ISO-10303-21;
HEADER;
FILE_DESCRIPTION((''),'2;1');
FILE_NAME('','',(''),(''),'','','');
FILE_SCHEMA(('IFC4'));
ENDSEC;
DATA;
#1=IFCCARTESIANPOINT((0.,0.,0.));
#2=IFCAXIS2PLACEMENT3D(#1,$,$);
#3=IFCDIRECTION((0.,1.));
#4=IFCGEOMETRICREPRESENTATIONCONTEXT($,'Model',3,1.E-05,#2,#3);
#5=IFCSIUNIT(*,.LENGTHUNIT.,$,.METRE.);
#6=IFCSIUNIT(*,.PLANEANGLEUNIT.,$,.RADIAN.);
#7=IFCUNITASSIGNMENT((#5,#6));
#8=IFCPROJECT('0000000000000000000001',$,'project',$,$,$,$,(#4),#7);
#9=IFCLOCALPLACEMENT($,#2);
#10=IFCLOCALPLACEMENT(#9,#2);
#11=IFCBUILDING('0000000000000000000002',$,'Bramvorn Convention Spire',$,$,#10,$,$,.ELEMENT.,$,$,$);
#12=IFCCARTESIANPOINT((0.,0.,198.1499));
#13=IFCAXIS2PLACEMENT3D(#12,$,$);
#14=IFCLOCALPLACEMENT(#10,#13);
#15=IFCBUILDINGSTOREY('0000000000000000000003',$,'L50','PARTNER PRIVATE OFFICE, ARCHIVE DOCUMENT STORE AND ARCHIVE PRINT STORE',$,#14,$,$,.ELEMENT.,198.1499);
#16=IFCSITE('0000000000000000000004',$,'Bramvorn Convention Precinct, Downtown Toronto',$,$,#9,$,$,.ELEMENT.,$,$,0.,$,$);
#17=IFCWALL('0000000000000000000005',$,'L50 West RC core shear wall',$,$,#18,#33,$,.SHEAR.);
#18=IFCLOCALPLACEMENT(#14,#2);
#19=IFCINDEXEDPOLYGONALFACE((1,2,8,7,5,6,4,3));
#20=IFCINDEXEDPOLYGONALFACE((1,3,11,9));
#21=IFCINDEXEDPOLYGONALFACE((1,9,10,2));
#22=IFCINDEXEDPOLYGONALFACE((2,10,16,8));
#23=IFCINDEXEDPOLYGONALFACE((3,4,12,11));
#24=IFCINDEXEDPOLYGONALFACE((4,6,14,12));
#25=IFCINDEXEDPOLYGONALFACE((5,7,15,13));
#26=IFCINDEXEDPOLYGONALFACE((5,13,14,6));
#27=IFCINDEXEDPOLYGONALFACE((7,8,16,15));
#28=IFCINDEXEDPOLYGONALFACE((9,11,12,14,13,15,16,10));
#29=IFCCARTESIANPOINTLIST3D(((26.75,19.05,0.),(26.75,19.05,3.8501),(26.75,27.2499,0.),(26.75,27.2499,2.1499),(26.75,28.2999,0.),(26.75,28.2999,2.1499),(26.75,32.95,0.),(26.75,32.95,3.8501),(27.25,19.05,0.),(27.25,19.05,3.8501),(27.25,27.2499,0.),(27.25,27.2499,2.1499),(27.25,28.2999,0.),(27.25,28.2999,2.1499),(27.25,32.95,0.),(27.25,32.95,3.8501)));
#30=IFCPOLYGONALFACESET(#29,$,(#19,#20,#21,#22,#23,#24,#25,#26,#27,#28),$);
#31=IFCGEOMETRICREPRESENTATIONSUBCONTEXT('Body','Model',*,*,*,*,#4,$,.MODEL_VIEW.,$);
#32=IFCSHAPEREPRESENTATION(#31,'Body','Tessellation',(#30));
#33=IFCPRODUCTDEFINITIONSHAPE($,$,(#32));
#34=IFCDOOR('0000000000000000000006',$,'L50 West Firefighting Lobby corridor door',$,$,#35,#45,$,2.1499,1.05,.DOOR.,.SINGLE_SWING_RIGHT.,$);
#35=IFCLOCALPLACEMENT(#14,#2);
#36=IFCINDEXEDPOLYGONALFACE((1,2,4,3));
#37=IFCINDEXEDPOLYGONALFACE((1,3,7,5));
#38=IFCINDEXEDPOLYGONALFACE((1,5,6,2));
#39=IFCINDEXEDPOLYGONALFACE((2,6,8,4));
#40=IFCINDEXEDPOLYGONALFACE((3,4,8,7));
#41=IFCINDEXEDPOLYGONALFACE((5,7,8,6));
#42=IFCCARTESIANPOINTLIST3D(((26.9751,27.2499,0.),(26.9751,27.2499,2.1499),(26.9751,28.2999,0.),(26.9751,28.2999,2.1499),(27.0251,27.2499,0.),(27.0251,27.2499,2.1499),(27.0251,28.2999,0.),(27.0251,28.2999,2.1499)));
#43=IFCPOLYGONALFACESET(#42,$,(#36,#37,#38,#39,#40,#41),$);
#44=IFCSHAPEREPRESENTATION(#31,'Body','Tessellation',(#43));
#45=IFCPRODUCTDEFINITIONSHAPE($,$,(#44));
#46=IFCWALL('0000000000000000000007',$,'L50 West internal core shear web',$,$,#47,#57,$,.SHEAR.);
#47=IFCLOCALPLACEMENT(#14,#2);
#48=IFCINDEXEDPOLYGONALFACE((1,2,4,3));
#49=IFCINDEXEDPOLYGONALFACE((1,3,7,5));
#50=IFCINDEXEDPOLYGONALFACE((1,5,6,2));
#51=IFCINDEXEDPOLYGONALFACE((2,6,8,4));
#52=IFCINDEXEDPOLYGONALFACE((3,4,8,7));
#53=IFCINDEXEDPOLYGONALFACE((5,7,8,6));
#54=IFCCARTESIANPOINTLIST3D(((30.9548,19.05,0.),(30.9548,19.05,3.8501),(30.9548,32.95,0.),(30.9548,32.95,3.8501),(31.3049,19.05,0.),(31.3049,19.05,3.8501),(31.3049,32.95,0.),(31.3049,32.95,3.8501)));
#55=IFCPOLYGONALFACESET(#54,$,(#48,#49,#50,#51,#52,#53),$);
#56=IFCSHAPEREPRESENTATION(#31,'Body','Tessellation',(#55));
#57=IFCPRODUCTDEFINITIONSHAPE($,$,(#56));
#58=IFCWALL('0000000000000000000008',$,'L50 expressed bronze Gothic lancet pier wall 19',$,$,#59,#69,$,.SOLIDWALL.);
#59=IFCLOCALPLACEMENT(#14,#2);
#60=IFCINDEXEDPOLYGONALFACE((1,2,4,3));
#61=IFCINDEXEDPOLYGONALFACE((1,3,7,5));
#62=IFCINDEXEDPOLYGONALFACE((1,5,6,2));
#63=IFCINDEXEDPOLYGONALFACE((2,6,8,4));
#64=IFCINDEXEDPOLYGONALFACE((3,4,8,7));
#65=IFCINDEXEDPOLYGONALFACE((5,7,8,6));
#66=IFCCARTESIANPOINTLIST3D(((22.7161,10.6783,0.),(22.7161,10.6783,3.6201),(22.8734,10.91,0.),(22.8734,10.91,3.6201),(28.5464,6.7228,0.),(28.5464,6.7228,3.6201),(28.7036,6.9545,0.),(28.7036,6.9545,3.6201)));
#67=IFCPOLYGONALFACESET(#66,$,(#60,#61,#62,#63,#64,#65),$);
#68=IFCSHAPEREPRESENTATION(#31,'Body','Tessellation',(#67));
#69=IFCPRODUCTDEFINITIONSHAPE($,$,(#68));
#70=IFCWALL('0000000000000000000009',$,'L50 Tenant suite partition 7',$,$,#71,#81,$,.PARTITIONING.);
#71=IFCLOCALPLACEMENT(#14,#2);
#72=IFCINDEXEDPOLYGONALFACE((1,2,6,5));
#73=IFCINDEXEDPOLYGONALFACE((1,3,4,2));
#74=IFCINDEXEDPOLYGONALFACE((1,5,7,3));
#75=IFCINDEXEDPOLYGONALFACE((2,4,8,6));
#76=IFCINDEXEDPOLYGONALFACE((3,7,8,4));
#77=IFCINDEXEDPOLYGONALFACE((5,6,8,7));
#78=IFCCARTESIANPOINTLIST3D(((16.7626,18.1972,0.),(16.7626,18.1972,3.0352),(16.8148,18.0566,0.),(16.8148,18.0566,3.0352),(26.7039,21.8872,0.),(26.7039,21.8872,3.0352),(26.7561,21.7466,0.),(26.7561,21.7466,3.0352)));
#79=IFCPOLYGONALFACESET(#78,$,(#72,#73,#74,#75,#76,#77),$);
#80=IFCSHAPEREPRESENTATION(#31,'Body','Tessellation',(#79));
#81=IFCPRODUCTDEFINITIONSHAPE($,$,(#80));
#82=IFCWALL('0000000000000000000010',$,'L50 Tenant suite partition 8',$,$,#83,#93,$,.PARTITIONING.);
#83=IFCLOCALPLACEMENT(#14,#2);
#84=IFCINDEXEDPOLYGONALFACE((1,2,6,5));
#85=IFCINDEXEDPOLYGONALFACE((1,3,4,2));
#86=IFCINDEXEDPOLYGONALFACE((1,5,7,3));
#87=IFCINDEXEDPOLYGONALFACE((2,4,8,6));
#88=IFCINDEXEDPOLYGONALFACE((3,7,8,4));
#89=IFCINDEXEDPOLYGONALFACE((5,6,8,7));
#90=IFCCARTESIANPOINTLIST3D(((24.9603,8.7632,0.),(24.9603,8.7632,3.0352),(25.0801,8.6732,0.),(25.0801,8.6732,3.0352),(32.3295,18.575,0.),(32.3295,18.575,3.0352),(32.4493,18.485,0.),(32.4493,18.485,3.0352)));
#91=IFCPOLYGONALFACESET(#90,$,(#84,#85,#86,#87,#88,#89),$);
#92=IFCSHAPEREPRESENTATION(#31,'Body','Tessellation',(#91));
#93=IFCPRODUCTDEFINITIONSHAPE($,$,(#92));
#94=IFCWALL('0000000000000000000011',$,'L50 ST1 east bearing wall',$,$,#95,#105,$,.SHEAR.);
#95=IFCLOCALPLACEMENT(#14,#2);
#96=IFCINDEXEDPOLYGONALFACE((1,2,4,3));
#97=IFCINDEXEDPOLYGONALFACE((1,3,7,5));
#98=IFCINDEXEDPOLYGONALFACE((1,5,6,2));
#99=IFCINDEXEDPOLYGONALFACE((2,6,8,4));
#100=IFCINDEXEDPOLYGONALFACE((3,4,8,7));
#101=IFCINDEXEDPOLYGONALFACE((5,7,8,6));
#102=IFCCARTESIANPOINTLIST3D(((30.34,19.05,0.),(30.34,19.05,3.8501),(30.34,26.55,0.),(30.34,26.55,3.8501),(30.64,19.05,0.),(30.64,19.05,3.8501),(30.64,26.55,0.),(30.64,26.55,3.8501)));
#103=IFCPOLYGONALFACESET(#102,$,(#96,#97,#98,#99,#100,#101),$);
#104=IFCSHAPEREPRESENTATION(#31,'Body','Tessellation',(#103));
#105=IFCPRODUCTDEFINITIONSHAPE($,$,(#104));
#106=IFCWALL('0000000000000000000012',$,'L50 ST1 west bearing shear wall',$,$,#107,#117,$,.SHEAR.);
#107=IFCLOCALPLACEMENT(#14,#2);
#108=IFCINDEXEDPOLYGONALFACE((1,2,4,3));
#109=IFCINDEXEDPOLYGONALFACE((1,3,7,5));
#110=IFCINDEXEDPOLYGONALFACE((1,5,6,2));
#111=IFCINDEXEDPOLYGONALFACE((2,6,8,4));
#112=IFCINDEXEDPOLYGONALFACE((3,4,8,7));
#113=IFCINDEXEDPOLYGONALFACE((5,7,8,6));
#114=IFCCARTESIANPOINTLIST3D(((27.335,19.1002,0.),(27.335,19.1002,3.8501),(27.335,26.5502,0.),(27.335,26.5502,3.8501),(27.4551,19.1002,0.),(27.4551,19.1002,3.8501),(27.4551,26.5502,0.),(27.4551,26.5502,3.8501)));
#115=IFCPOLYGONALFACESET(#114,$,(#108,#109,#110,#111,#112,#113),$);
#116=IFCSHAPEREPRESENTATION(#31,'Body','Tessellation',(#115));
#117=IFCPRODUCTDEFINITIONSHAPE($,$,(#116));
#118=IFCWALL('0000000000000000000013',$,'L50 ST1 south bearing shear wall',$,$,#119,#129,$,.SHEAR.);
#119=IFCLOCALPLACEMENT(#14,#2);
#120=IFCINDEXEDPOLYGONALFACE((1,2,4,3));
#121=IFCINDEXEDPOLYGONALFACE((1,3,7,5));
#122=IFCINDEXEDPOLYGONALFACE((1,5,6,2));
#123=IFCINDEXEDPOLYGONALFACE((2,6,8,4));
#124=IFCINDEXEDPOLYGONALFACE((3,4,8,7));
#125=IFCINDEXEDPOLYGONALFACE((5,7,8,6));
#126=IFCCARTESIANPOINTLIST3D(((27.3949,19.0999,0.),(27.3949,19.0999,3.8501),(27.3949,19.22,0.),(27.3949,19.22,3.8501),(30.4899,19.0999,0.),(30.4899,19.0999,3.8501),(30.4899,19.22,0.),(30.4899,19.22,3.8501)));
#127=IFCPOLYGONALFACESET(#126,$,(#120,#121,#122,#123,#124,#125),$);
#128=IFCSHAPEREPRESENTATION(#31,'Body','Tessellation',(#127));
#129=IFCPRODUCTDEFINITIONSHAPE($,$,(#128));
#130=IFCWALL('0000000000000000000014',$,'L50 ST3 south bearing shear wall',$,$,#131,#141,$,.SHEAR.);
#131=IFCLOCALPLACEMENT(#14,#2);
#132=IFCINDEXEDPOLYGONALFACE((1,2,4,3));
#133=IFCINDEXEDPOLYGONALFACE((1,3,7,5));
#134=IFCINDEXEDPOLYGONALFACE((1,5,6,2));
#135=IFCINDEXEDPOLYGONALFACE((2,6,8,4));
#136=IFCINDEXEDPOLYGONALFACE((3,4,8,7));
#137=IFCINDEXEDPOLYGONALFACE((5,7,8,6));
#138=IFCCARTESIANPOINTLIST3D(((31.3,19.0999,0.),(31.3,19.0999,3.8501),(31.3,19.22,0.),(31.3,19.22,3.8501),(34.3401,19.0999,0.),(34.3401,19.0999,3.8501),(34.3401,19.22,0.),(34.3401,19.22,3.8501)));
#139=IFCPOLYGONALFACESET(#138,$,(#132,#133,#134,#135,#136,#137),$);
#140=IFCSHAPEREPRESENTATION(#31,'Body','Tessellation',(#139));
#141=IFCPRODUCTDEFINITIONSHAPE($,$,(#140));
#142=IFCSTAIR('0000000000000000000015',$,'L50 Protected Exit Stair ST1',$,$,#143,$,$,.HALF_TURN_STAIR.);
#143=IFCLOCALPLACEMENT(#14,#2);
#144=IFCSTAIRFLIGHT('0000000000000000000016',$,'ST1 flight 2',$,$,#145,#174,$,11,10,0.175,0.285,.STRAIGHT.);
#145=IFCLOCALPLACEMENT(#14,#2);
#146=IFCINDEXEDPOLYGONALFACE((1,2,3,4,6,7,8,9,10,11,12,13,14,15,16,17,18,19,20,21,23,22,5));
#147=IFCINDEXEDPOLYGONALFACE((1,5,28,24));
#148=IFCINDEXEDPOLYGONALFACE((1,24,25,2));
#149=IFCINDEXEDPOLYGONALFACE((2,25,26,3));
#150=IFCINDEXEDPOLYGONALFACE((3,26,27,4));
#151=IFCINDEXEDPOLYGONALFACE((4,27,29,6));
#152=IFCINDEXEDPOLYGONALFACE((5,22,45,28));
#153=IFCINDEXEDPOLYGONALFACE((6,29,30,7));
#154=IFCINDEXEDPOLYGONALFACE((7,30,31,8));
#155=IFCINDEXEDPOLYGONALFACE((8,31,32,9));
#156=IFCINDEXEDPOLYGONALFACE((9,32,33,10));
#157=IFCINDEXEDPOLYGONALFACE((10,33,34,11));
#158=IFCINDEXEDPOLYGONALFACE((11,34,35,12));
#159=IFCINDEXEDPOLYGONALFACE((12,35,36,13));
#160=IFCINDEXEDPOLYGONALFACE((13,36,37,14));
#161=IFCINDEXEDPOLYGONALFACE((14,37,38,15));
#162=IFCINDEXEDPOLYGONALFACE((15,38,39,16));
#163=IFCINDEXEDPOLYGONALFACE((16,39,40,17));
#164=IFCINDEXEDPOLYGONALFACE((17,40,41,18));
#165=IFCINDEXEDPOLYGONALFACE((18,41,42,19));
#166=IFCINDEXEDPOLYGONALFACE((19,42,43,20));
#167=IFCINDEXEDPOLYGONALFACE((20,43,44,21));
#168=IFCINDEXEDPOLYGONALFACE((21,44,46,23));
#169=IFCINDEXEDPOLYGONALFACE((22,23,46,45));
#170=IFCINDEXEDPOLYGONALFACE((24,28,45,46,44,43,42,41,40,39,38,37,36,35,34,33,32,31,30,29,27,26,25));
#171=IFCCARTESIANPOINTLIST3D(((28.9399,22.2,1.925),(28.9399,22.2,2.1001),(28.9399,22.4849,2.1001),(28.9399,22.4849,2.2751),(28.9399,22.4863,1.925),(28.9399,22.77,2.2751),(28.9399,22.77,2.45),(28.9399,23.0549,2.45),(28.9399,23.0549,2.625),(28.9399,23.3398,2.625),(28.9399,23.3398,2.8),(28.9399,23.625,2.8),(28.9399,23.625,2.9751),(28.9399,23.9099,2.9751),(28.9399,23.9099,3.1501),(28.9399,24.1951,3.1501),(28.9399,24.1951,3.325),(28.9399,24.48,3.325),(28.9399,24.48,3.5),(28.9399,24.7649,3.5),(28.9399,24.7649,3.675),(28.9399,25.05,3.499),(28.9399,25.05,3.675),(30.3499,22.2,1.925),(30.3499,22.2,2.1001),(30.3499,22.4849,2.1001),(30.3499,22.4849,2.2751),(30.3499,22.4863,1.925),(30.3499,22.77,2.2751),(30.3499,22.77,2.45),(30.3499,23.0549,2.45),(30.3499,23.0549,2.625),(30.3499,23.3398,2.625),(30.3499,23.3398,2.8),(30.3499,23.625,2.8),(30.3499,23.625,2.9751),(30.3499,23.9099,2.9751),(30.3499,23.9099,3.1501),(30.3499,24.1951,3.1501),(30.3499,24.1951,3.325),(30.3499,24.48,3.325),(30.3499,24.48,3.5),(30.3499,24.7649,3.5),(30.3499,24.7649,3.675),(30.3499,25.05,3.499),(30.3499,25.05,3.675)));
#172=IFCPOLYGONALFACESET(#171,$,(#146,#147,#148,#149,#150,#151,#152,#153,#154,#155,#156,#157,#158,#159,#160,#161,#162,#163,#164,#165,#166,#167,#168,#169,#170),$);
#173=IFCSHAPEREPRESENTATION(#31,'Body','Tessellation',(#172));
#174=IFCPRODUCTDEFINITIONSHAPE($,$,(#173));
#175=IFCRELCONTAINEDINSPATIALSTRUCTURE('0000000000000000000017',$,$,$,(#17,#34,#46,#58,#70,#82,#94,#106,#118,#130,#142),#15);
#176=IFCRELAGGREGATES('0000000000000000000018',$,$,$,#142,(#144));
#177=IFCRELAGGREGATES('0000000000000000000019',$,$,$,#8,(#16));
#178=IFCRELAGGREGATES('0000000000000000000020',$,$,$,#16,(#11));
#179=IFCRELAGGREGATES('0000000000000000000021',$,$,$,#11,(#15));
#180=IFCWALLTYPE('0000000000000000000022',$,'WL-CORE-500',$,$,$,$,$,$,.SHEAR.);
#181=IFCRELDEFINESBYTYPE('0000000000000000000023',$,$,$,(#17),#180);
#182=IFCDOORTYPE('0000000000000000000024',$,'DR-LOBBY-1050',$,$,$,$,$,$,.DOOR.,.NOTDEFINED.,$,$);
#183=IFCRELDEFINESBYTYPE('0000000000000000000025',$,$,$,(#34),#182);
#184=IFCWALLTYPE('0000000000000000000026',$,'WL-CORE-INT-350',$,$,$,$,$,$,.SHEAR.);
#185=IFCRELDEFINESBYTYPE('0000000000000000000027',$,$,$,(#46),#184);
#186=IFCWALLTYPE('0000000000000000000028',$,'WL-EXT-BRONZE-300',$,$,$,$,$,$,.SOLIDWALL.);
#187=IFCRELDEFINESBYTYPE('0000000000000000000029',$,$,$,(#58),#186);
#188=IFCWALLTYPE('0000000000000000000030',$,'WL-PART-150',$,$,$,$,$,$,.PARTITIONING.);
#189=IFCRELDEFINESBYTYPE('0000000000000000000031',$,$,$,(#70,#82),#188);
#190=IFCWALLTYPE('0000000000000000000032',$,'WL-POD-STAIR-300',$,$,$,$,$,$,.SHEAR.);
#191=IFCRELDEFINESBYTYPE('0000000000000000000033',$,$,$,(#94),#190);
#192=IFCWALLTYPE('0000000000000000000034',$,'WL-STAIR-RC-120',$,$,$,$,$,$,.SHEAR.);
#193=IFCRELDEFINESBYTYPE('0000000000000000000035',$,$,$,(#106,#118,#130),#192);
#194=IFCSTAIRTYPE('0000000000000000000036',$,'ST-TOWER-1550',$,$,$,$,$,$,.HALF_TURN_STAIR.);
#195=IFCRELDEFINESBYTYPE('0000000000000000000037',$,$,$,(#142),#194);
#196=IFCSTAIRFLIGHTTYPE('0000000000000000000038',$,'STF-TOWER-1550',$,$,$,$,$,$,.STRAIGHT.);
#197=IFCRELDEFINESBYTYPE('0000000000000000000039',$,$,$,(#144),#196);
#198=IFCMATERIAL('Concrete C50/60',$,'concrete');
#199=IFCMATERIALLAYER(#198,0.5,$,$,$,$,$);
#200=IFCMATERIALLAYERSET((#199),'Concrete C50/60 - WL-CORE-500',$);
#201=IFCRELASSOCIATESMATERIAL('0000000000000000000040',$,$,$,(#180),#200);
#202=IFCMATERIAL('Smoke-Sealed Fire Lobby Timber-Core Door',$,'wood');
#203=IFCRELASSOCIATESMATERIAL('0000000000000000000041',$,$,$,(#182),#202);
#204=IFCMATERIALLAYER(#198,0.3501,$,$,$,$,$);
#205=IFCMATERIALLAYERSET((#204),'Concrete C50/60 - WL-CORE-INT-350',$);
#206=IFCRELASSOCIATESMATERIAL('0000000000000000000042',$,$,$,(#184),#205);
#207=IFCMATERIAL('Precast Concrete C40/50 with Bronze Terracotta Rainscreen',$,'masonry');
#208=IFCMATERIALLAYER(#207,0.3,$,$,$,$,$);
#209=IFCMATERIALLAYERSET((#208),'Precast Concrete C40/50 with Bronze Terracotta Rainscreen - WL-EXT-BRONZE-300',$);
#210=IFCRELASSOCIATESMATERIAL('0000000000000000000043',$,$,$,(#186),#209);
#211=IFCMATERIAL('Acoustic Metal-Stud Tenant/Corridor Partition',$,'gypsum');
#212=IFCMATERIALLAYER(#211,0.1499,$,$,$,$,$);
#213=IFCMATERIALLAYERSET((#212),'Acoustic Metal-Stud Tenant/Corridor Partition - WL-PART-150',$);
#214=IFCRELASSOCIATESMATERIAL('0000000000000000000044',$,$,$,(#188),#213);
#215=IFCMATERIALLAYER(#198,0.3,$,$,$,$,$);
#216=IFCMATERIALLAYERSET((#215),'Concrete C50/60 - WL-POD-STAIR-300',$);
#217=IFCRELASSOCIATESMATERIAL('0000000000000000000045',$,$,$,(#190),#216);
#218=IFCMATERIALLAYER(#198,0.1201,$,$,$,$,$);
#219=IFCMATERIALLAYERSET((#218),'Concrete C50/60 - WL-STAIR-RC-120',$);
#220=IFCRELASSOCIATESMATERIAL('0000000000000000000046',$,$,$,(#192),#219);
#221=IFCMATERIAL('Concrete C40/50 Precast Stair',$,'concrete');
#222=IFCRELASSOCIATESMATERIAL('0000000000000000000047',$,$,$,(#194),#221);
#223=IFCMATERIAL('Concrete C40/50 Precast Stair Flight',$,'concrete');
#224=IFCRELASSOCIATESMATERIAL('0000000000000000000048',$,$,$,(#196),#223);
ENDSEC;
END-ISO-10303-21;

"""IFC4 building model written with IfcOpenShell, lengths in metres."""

from ifc_helpers import new_model, si_unit, direction, frame, frame_2d, origin, place, context, subcontext, project, spatial, polyline, rectangle, outline, extrude, material, layer, layer_set, type_object, element, fill, aggregate, save


model = new_model("IFC4")

# Units and contexts
model_context = context("Model", 3, precision=1e-05, world=origin(), true_north=direction((0.0, 1.0)))
body_context = subcontext(model_context, "Body", "Model", "MODEL_VIEW")
ifc_project = project(units=[si_unit("LENGTHUNIT", "METRE"), si_unit("PLANEANGLEUNIT", "RADIAN")], contexts=[model_context])

# Site, building, storey
site_placement = place(None, origin())
site = spatial("IfcSite", under=ifc_project, at=site_placement, Name="Bramvorn Convention Precinct, Downtown Toronto", CompositionType="ELEMENT", RefElevation=0.0)
building_placement = place(site_placement, origin())
building = spatial("IfcBuilding", under=site, at=building_placement, Name="Bramvorn Convention Spire", CompositionType="ELEMENT")
storey_placement = place(building_placement, frame((0.0, 0.0, 198.1499)))
storey = spatial("IfcBuildingStorey", under=building, at=storey_placement, Name="L50", Description="PARTNER PRIVATE OFFICE, ARCHIVE DOCUMENT STORE AND ARCHIVE PRINT STORE", CompositionType="ELEMENT", Elevation=198.1499)

# Wall, opening, door
ifc_material_1 = material(Name="Concrete C50/60", Category="concrete")
ifc_layer_1 = layer(ifc_material_1, 0.5)
ifc_layer_set_1 = layer_set([ifc_layer_1], Name="Concrete C50/60 - WL-CORE-500")
wall_type_1 = type_object("IfcWallType", Name="WL-CORE-500", PredefinedType="SHEAR", material=ifc_layer_set_1)
ifc_material_2 = material(Name="Smoke-Sealed Fire Lobby Timber-Core Door", Category="wood")
door_type = type_object("IfcDoorType", Name="DR-LOBBY-1050", OperationType="NOTDEFINED", PredefinedType="DOOR", material=ifc_material_2)
wall_1_placement = place(storey_placement, frame((27.0, 19.05, 0.0), z_axis=(0.0, 0.0, 1.0), x_axis=(0.0, 1.0, 0.0)))
wall_1 = element("IfcWall", 1, at=wall_1_placement, inside=storey, type_object=wall_type_1, Name="L50 West RC core shear wall", PredefinedType="SHEAR", context=body_context, shape_type="SweptSolid", body=[
    extrude(rectangle(XDim=13.8999, YDim=0.5, at=frame_2d((6.95, 0.0))), origin(), (0.0, 0.0, 1.0), 3.8501),
])
opening_1_placement = place(wall_1_placement, frame((8.2, 0.0, 0.0)))
opening_1 = element("IfcOpeningElement", 2, at=opening_1_placement, cuts=wall_1, PredefinedType="OPENING", context=body_context, shape_type="SweptSolid", body=[
    extrude(rectangle(XDim=1.05, YDim=2.1499, at=frame_2d((0.5249, 1.075))), frame((0.0, 0.26, 0.0), z_axis=(0.0, -1.0, 0.0), x_axis=(1.0, 0.0, 0.0)), (0.0, 0.0, 1.0), 0.52),
])
door_1_placement = place(opening_1_placement, origin())
door_1 = element("IfcDoor", 3, at=door_1_placement, inside=storey, type_object=door_type, Name="L50 West Firefighting Lobby corridor door", OperationType="SINGLE_SWING_RIGHT", OverallHeight=2.1499, OverallWidth=1.05, PredefinedType="DOOR", context=body_context, shape_type="SweptSolid", body=[
    extrude(rectangle(XDim=1.05, YDim=2.1499, at=frame_2d((0.5249, 1.075))), frame((0.0, 0.0249, 0.0), z_axis=(0.0, -1.0, 0.0), x_axis=(1.0, 0.0, 0.0)), (0.0, 0.0, 1.0), 0.05),
])
fill(opening_1, door_1)

# Walls
ifc_layer_2 = layer(ifc_material_1, 0.3501)
ifc_layer_set_2 = layer_set([ifc_layer_2], Name="Concrete C50/60 - WL-CORE-INT-350")
wall_type_2 = type_object("IfcWallType", Name="WL-CORE-INT-350", PredefinedType="SHEAR", material=ifc_layer_set_2)
wall_2_placement = place(storey_placement, frame((31.1299, 19.05, 0.0), z_axis=(0.0, 0.0, 1.0), x_axis=(0.0, 1.0, 0.0)))
element("IfcWall", 4, at=wall_2_placement, inside=storey, type_object=wall_type_2, Name="L50 West internal core shear web", PredefinedType="SHEAR", context=body_context, shape_type="SweptSolid", body=[
    extrude(rectangle(XDim=13.8999, YDim=0.3501, at=frame_2d((6.95, 0.0))), origin(), (0.0, 0.0, 1.0), 3.8501),
])
ifc_material_3 = material(Name="Precast Concrete C40/50 with Bronze Terracotta Rainscreen", Category="masonry")
ifc_layer_3 = layer(ifc_material_3, 0.3)
ifc_layer_set_3 = layer_set([ifc_layer_3], Name="Precast Concrete C40/50 with Bronze Terracotta Rainscreen - WL-EXT-BRONZE-300")
wall_type_3 = type_object("IfcWallType", Name="WL-EXT-BRONZE-300", PredefinedType="SOLIDWALL", material=ifc_layer_set_3)
wall_3_placement = place(storey_placement, frame((28.625, 6.8386, 0.0), z_axis=(0.0, 0.0, 1.0), x_axis=(-0.827523, 0.561431, 0.0)))
element("IfcWall", 5, at=wall_3_placement, inside=storey, type_object=wall_type_3, Name="L50 expressed bronze Gothic lancet pier wall 19", PredefinedType="SOLIDWALL", context=body_context, shape_type="SweptSolid", body=[
    extrude(rectangle(XDim=7.0454, YDim=0.28, at=frame_2d((3.5227, 0.0))), origin(), (0.0, 0.0, 1.0), 3.6201),
])
ifc_material_4 = material(Name="Acoustic Metal-Stud Tenant/Corridor Partition", Category="gypsum")
ifc_layer_4 = layer(ifc_material_4, 0.1499)
ifc_layer_set_4 = layer_set([ifc_layer_4], Name="Acoustic Metal-Stud Tenant/Corridor Partition - WL-PART-150")
wall_type_4 = type_object("IfcWallType", Name="WL-PART-150", PredefinedType="PARTITIONING", material=ifc_layer_set_4)
wall_4_placement = place(storey_placement, frame((26.73, 21.8169, 0.0), z_axis=(0.0, 0.0, 1.0), x_axis=(-0.937502, -0.34798, 0.0)))
element("IfcWall", 6, at=wall_4_placement, inside=storey, type_object=wall_type_4, Name="L50 Tenant suite partition 7", PredefinedType="PARTITIONING", context=body_context, shape_type="SweptSolid", body=[
    extrude(rectangle(XDim=10.604, YDim=0.1499, at=frame_2d((5.302, 0.0))), origin(), (0.0, 0.0, 1.0), 3.0352),
])
wall_5_placement = place(storey_placement, frame((32.3894, 18.53, 0.0), z_axis=(0.0, 0.0, 1.0), x_axis=(-0.600538, -0.799596, 0.0)))
element("IfcWall", 7, at=wall_5_placement, inside=storey, type_object=wall_type_4, Name="L50 Tenant suite partition 8", PredefinedType="PARTITIONING", context=body_context, shape_type="SweptSolid", body=[
    extrude(rectangle(XDim=12.271, YDim=0.1499, at=frame_2d((6.1355, 0.0))), origin(), (0.0, 0.0, 1.0), 3.0352),
])
ifc_layer_5 = layer(ifc_material_1, 0.3)
ifc_layer_set_5 = layer_set([ifc_layer_5], Name="Concrete C50/60 - WL-POD-STAIR-300")
wall_type_5 = type_object("IfcWallType", Name="WL-POD-STAIR-300", PredefinedType="SHEAR", material=ifc_layer_set_5)
wall_6_placement = place(storey_placement, frame((30.49, 19.05, 0.0), z_axis=(0.0, 0.0, 1.0), x_axis=(0.0, 1.0, 0.0)))
element("IfcWall", 8, at=wall_6_placement, inside=storey, type_object=wall_type_5, Name="L50 ST1 east bearing wall", PredefinedType="SHEAR", context=body_context, shape_type="SweptSolid", body=[
    extrude(rectangle(XDim=7.5, YDim=0.3, at=frame_2d((3.75, 0.0))), origin(), (0.0, 0.0, 1.0), 3.8501),
])
ifc_layer_6 = layer(ifc_material_1, 0.1201)
ifc_layer_set_6 = layer_set([ifc_layer_6], Name="Concrete C50/60 - WL-STAIR-RC-120")
wall_type_6 = type_object("IfcWallType", Name="WL-STAIR-RC-120", PredefinedType="SHEAR", material=ifc_layer_set_6)
wall_7_placement = place(storey_placement, frame((27.395, 19.1001, 0.0), z_axis=(0.0, 0.0, 1.0), x_axis=(0.0, 1.0, 0.0)))
element("IfcWall", 9, at=wall_7_placement, inside=storey, type_object=wall_type_6, Name="L50 ST1 west bearing shear wall", PredefinedType="SHEAR", context=body_context, shape_type="SweptSolid", body=[
    extrude(rectangle(XDim=7.45, YDim=0.1201, at=frame_2d((3.7251, 0.0))), origin(), (0.0, 0.0, 1.0), 3.8501),
])
wall_8_placement = place(storey_placement, frame((27.395, 19.1599, 0.0), z_axis=(0.0, 0.0, 1.0), x_axis=(1.0, 0.0, 0.0)))
element("IfcWall", 10, at=wall_8_placement, inside=storey, type_object=wall_type_6, Name="L50 ST1 south bearing shear wall", PredefinedType="SHEAR", context=body_context, shape_type="SweptSolid", body=[
    extrude(rectangle(XDim=3.095, YDim=0.1201, at=frame_2d((1.5474, 0.0))), origin(), (0.0, 0.0, 1.0), 3.8501),
])
wall_9_placement = place(storey_placement, frame((31.3, 19.1599, 0.0), z_axis=(0.0, 0.0, 1.0), x_axis=(1.0, 0.0, 0.0)))
element("IfcWall", 11, at=wall_9_placement, inside=storey, type_object=wall_type_6, Name="L50 ST3 south bearing shear wall", PredefinedType="SHEAR", context=body_context, shape_type="SweptSolid", body=[
    extrude(rectangle(XDim=3.04, YDim=0.1201, at=frame_2d((1.52, 0.0))), origin(), (0.0, 0.0, 1.0), 3.8501),
])

# Stair, stair flight
ifc_material_5 = material(Name="Concrete C40/50 Precast Stair", Category="concrete")
stair_type = type_object("IfcStairType", Name="ST-TOWER-1550", PredefinedType="HALF_TURN_STAIR", material=ifc_material_5)
stair_1_placement = place(storey_placement, origin())
stair_1 = element("IfcStair", 12, at=stair_1_placement, inside=storey, type_object=stair_type, Name="L50 Protected Exit Stair ST1", PredefinedType="HALF_TURN_STAIR")
ifc_material_6 = material(Name="Concrete C40/50 Precast Stair Flight", Category="concrete")
stair_flight_type = type_object("IfcStairFlightType", Name="STF-TOWER-1550", PredefinedType="STRAIGHT", material=ifc_material_6)
stair_flight_1_placement = place(storey_placement, frame((29.645, 22.2, 1.925), z_axis=(0.0, 0.0, 1.0), x_axis=(0.0, 1.0, 0.0)))
stair_flight_1 = element("IfcStairFlight", 13, at=stair_flight_1_placement, type_object=stair_flight_type, Name="ST1 flight 2", NumberOfRisers=11, NumberOfTreads=10, PredefinedType="STRAIGHT", RiserHeight=0.175, TreadLength=0.285, context=body_context, shape_type="SweptSolid", body=[
    extrude(outline(polyline([(0.0, 0.0), (0.0, 0.175), (0.2849, 0.175), (0.2849, 0.3501), (0.5701, 0.3501), (0.5701, 0.5249), (0.855, 0.5249), (0.855, 0.7), (1.1399, 0.7), (1.1399, 0.875), (1.425, 0.875), (1.425, 1.05), (1.71, 1.05), (1.71, 1.2251), (1.9951, 1.2251), (1.9951, 1.3999), (2.28, 1.3999), (2.28, 1.575), (2.5649, 1.575), (2.5649, 1.75), (2.8501, 1.75), (2.8501, 1.925), (2.8501, 1.574), (0.2864, 0.0), (0.0, 0.0)])), frame((0.0, 0.7051, 0.0), z_axis=(0.0, -1.0, 0.0), x_axis=(1.0, 0.0, 0.0)), (0.0, 0.0, 1.0), 1.4099),
])
aggregate(stair_1, [stair_flight_1])

save(model, "model.ifc")
